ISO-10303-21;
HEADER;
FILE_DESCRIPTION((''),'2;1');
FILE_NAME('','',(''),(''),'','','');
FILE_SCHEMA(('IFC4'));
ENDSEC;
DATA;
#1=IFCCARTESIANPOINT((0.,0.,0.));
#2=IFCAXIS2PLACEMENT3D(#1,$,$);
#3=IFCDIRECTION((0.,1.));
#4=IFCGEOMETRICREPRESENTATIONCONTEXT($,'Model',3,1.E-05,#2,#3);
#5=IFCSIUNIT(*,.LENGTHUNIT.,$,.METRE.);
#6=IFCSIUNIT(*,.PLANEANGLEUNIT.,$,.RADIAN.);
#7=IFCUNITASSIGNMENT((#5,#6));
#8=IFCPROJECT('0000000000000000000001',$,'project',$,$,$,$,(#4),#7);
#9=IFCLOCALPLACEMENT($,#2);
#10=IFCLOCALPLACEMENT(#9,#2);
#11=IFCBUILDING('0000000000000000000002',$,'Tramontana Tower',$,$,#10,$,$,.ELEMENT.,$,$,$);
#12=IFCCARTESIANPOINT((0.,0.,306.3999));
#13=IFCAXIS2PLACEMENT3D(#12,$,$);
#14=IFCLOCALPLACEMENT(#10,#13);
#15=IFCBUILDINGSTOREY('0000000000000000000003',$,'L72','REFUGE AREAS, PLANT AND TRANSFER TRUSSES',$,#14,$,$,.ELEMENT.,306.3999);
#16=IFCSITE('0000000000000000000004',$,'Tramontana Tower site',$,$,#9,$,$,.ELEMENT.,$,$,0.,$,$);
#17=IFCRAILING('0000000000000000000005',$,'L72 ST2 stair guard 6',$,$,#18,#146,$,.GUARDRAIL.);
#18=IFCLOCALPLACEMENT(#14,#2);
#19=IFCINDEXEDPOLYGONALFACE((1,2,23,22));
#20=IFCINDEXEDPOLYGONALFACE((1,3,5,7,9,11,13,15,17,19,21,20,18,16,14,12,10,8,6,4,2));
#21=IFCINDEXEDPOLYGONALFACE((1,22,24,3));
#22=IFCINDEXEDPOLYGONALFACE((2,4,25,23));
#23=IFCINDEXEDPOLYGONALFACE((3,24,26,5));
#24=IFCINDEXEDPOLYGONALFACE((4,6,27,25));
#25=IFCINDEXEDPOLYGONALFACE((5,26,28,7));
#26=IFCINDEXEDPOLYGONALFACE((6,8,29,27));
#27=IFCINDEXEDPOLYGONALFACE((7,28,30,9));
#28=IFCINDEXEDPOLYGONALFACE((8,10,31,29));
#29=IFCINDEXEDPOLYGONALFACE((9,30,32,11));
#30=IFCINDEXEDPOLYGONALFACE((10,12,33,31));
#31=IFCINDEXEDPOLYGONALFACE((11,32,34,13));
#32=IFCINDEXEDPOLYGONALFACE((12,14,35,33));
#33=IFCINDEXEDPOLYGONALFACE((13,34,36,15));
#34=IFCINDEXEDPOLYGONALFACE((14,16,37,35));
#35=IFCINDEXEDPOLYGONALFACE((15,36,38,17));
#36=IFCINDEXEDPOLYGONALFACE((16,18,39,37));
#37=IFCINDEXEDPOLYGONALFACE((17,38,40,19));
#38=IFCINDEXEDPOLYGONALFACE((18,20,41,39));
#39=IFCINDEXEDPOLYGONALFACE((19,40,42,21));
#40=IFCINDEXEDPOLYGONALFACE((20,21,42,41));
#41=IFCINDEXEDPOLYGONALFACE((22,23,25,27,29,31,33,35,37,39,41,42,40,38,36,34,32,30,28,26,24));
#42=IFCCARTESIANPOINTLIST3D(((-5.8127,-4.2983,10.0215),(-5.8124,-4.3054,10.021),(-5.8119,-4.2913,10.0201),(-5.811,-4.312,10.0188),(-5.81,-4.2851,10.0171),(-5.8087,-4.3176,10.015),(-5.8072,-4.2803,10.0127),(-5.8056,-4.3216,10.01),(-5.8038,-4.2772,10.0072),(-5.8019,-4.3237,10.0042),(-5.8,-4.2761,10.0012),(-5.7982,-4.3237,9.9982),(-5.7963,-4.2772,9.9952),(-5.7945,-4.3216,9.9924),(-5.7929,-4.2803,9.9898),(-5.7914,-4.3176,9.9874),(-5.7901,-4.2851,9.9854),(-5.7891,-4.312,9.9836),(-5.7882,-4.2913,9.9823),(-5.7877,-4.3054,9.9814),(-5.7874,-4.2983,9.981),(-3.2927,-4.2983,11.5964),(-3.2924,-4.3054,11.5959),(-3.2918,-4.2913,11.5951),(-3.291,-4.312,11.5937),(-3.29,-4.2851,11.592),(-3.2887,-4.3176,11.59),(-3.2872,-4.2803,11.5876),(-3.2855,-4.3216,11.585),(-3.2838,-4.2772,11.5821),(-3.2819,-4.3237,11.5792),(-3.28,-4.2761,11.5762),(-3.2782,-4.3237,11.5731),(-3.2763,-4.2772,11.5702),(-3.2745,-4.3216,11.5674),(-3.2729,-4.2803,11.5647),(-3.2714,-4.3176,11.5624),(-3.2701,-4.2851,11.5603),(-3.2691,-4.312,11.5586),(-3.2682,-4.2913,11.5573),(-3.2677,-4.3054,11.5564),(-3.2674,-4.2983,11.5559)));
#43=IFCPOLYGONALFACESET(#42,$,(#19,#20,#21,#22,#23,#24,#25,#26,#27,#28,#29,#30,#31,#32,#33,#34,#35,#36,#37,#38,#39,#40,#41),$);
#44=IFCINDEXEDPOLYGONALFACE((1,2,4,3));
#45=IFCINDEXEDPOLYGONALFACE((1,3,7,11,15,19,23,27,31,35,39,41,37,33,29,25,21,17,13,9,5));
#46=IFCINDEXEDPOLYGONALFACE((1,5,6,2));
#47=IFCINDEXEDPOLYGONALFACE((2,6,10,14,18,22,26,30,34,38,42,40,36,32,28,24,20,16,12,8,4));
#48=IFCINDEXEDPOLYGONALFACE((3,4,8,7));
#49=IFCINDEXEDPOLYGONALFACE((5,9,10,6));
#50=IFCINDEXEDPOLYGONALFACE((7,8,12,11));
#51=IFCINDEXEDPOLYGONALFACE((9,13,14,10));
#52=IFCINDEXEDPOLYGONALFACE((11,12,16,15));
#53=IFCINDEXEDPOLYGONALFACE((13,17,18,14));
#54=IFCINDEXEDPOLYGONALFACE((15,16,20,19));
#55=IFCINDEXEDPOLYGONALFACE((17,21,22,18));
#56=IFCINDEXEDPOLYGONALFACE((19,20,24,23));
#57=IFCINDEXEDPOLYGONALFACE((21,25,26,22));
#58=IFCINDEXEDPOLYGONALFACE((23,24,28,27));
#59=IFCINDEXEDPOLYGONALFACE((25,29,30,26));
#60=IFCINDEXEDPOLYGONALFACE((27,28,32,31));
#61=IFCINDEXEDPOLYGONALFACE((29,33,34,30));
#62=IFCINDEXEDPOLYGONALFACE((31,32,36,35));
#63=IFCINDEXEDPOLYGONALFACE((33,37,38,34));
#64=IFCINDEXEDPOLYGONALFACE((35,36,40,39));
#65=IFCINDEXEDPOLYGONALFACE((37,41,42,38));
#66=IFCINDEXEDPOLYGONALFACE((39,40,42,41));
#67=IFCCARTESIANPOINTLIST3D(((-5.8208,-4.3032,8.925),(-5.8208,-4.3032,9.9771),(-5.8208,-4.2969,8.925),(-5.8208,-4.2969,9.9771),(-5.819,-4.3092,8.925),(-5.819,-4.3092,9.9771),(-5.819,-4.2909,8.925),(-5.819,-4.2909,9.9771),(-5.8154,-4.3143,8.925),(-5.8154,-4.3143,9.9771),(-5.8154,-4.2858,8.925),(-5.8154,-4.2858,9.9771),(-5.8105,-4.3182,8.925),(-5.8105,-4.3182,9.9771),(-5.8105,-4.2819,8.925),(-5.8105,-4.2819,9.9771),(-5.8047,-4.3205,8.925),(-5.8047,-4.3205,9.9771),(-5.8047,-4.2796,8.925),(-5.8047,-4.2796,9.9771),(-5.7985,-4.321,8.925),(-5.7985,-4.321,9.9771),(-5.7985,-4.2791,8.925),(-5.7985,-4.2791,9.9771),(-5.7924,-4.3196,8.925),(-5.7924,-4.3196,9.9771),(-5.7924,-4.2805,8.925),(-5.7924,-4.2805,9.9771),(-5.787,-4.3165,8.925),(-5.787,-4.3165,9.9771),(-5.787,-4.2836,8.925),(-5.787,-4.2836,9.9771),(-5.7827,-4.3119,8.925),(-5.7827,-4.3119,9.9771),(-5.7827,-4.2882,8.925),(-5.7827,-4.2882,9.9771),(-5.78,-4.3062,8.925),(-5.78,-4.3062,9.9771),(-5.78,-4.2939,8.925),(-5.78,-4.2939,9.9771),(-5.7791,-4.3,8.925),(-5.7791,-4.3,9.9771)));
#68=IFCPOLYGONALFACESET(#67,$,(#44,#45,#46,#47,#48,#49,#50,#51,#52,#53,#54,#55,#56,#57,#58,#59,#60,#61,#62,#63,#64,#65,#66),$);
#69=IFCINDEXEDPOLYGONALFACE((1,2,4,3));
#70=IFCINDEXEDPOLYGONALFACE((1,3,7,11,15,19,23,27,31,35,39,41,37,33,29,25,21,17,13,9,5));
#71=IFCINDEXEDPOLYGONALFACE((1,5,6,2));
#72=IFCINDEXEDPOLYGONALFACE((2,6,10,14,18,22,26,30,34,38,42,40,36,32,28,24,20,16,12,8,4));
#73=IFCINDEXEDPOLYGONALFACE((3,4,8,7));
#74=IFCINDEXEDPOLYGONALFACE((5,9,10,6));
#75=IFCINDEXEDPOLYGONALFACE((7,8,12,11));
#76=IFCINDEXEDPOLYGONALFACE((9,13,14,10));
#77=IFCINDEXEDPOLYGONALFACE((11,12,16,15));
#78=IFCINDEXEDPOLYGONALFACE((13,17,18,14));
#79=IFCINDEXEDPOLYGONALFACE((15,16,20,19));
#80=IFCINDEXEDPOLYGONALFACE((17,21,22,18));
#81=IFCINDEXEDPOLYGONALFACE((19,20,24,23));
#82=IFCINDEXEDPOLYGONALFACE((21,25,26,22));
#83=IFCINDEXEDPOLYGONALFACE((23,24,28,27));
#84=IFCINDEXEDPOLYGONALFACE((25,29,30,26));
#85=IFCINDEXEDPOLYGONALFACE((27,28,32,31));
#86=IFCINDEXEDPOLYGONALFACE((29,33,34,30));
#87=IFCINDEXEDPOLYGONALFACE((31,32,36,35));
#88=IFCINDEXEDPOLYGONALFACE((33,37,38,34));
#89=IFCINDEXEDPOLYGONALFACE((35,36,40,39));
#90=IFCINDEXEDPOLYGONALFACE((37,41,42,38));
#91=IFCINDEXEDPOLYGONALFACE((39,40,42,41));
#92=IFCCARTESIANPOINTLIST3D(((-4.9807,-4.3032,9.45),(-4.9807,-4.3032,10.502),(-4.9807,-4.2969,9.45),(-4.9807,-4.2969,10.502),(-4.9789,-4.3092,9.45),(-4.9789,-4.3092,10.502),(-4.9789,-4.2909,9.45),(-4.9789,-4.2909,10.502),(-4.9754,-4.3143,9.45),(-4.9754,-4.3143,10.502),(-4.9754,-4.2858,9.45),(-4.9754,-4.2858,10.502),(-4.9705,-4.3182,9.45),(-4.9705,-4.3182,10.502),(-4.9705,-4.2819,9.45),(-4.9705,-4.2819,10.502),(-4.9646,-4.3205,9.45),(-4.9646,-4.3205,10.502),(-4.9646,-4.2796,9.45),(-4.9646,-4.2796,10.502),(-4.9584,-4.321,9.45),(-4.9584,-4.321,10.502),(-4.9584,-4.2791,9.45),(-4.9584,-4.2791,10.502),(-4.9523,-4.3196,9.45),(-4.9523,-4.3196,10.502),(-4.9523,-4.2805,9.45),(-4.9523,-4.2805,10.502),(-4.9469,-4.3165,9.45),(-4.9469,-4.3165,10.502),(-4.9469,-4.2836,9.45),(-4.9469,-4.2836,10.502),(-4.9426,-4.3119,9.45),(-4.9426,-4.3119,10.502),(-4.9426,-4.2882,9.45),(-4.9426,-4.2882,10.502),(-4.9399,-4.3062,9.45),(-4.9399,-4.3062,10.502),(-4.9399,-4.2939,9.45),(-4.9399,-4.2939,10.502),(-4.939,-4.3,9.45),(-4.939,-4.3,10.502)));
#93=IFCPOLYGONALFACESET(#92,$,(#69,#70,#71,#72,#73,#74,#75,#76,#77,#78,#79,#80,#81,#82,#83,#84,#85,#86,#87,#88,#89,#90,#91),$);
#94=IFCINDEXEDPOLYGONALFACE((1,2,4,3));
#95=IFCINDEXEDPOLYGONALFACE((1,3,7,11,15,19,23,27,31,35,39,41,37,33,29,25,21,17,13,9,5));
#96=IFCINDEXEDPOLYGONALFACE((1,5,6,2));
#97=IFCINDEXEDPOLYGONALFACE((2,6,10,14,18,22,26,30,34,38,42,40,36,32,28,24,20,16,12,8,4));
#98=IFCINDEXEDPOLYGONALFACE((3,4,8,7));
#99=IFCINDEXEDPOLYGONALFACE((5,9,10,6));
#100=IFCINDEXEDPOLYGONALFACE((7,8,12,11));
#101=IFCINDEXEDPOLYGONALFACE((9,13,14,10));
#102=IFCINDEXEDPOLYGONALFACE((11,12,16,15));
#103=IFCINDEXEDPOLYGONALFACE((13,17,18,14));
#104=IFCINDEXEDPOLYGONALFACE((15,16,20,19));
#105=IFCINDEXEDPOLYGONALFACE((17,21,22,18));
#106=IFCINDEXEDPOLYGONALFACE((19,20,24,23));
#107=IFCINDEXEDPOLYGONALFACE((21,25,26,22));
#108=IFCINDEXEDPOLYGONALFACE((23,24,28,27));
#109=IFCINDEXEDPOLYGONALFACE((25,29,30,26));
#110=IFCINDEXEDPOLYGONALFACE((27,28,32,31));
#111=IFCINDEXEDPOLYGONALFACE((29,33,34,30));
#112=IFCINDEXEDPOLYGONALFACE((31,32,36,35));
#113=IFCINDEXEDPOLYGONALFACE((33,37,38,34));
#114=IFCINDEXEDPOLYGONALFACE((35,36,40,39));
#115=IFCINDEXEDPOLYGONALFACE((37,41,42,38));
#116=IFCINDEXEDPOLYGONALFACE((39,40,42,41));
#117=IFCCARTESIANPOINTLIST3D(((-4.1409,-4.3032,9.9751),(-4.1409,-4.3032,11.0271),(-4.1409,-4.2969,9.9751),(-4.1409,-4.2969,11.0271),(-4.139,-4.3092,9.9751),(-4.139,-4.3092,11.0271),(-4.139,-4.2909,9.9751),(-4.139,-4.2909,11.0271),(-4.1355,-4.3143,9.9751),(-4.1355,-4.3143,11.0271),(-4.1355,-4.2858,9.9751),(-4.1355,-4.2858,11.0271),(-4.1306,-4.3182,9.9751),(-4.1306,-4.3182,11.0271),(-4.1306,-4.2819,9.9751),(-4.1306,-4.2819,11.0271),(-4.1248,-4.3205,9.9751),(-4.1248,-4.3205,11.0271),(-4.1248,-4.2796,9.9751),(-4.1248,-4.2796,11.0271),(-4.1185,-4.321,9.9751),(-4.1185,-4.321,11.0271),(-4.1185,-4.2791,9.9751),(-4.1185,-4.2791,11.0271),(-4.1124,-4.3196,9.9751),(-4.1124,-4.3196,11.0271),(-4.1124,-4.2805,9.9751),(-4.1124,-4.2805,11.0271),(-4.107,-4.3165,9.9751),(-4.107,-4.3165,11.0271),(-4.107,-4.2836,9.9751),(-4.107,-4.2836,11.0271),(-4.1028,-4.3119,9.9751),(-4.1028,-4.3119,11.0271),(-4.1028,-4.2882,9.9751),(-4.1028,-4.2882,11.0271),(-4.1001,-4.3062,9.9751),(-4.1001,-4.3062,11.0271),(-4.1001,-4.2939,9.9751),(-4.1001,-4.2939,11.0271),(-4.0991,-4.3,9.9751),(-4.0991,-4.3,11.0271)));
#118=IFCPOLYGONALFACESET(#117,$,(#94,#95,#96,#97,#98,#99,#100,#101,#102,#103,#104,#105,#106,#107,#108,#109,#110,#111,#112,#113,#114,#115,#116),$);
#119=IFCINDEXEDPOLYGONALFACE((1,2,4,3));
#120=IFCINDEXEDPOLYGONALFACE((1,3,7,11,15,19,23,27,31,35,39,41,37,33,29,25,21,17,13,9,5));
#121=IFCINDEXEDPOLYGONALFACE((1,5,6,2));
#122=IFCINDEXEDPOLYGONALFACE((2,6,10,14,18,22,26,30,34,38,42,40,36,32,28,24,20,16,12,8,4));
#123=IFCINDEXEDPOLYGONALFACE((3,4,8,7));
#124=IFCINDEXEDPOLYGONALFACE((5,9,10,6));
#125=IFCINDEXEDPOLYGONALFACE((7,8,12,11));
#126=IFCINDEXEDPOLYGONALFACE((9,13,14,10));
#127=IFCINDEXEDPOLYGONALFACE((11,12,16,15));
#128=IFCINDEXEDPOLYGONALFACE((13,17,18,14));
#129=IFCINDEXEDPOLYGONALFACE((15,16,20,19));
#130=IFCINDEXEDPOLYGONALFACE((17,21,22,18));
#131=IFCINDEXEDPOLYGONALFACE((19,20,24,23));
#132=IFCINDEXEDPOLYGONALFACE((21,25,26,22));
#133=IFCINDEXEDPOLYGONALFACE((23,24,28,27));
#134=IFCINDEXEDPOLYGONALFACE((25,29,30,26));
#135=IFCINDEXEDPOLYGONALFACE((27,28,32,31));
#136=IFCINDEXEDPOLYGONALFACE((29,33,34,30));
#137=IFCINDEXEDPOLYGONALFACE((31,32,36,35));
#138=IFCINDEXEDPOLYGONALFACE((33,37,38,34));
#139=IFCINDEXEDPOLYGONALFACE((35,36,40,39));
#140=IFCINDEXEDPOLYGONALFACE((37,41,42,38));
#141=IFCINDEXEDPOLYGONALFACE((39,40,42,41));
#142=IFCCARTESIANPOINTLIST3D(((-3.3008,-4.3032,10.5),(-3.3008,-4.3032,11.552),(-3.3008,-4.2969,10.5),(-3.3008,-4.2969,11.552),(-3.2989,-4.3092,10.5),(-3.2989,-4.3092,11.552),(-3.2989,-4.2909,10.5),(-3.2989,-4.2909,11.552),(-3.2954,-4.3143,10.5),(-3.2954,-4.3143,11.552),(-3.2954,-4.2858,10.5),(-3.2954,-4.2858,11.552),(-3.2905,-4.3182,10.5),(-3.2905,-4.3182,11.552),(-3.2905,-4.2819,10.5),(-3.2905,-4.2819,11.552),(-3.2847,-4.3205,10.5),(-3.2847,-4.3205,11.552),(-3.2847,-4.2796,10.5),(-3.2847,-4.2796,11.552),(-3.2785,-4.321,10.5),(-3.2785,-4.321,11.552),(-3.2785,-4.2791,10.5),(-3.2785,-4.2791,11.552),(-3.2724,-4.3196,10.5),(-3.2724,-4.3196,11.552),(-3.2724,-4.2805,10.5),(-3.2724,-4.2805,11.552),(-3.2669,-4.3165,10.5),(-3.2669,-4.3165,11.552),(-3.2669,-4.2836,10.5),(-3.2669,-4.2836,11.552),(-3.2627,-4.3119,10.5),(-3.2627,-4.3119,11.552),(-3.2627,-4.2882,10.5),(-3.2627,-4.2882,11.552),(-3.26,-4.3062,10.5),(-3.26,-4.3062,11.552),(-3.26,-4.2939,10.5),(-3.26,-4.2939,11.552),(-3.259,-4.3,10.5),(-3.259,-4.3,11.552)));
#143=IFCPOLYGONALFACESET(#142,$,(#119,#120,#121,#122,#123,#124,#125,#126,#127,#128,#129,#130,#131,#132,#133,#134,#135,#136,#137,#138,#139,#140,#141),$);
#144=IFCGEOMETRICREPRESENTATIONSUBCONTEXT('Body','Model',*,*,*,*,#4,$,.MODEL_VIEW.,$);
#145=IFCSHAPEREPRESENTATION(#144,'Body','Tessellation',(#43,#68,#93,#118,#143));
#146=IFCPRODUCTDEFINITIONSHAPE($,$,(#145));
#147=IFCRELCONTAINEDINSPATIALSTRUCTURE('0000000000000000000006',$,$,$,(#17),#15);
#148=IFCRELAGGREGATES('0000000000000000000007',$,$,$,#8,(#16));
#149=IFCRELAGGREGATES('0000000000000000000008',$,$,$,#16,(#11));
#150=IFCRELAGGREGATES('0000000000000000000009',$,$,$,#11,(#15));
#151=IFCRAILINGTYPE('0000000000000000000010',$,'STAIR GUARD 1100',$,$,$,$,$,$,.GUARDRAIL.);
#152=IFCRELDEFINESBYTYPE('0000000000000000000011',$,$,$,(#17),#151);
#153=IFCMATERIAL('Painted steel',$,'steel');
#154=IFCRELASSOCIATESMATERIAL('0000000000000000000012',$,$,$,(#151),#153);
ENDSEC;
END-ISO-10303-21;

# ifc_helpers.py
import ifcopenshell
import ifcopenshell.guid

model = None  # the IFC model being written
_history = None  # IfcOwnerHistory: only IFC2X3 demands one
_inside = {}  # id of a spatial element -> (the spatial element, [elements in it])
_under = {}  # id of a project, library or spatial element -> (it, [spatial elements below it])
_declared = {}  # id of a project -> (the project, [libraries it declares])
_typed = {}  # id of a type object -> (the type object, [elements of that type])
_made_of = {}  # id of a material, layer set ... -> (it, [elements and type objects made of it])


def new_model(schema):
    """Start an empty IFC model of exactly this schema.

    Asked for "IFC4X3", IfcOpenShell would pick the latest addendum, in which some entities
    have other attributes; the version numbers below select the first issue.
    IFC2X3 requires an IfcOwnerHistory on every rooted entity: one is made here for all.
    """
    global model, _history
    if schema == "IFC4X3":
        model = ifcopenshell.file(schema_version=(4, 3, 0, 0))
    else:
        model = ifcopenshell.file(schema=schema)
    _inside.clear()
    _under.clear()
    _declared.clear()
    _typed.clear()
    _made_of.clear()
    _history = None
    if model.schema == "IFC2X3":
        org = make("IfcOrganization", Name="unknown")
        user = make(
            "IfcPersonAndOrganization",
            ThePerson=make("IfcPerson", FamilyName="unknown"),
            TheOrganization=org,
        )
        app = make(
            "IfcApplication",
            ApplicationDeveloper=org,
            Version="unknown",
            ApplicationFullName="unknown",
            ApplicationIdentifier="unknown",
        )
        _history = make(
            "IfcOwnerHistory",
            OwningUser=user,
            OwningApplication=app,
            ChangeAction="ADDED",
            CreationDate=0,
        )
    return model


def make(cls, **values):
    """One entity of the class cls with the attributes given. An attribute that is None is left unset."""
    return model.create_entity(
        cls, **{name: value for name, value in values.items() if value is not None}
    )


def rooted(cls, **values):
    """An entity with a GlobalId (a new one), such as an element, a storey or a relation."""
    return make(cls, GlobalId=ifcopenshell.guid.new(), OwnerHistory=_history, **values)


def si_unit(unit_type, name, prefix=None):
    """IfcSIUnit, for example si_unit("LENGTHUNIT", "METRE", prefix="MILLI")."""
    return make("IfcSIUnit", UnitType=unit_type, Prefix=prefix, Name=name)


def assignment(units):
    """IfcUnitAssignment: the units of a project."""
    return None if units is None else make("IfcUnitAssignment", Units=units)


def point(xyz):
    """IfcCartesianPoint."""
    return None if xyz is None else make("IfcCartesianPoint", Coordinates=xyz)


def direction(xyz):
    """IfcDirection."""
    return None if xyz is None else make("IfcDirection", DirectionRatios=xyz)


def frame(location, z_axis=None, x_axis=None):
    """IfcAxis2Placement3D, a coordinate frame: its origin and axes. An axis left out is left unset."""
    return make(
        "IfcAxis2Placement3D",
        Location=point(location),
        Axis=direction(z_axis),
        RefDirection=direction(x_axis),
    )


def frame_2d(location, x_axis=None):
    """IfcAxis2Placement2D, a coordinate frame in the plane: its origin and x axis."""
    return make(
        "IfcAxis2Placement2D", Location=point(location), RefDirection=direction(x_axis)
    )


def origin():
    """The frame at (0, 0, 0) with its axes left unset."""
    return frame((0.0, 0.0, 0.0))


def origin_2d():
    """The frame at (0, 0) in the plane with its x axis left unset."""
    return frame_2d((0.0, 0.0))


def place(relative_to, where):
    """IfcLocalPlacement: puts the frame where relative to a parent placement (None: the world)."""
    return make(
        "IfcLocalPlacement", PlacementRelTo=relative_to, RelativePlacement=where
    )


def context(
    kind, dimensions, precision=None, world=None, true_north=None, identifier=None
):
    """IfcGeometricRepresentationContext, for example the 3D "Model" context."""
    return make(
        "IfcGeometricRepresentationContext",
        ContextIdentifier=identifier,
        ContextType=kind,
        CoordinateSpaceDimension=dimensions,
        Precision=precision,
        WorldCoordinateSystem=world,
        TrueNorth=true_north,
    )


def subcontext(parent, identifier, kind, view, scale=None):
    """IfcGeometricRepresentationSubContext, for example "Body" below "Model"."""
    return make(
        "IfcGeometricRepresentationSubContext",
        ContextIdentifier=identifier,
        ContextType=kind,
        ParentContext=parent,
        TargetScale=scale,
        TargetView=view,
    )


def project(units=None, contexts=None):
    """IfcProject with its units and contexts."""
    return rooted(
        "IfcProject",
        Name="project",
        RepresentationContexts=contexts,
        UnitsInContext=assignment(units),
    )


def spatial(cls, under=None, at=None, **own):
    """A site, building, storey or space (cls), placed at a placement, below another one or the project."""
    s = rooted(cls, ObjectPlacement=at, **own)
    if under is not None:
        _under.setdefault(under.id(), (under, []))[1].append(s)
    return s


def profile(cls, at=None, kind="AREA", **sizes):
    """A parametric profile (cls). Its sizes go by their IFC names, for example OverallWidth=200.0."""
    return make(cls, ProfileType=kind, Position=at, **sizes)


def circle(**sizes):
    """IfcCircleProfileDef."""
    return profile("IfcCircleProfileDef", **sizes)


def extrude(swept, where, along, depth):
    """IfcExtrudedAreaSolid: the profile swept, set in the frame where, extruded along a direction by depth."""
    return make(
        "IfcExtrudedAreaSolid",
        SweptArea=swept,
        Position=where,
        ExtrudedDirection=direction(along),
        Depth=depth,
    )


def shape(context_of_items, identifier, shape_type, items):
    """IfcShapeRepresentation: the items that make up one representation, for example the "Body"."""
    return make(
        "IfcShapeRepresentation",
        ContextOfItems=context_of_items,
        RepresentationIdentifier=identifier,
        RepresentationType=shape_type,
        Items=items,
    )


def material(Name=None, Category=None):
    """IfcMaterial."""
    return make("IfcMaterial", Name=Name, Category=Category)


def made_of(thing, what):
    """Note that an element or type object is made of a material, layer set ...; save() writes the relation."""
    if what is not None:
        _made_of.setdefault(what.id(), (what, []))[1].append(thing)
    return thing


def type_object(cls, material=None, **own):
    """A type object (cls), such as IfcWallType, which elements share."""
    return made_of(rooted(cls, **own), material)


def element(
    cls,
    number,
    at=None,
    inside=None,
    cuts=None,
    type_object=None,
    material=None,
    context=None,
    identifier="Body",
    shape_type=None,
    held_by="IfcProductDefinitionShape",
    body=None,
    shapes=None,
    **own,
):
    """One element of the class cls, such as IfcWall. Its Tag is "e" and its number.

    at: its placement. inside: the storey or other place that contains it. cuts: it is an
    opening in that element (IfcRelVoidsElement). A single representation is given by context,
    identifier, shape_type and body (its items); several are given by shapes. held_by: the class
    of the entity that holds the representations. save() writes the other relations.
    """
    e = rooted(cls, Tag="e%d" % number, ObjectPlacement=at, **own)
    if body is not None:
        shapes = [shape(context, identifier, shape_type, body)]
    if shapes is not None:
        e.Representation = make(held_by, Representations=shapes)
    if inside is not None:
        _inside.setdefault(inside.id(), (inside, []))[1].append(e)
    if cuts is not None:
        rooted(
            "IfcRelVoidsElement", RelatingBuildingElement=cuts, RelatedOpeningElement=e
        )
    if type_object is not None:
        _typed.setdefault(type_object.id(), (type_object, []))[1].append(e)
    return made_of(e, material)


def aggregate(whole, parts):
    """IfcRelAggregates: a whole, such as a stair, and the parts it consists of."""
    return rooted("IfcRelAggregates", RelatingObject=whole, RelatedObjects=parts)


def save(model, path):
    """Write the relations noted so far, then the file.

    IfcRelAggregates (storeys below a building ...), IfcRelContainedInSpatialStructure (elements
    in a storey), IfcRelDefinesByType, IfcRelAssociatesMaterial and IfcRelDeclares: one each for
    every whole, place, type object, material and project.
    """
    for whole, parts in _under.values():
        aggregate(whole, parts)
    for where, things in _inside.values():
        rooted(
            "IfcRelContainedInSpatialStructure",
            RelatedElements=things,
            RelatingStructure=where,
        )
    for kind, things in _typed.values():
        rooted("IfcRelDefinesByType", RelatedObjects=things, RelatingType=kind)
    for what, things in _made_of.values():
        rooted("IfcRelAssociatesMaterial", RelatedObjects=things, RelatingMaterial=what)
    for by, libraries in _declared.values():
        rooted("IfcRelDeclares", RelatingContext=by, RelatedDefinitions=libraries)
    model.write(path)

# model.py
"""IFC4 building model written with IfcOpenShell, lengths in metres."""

from ifc_helpers import new_model, si_unit, direction, frame, origin, origin_2d, place, context, subcontext, project, spatial, circle, extrude, material, type_object, element, save


model = new_model("IFC4")

# Units and contexts
model_context = context("Model", 3, precision=1e-05, world=origin(), true_north=direction((0.0, 1.0)))
body_context = subcontext(model_context, "Body", "Model", "MODEL_VIEW")
ifc_project = project(units=[si_unit("LENGTHUNIT", "METRE"), si_unit("PLANEANGLEUNIT", "RADIAN")], contexts=[model_context])

# Site, building, storey
site_placement = place(None, origin())
site = spatial("IfcSite", under=ifc_project, at=site_placement, Name="Tramontana Tower site", CompositionType="ELEMENT", RefElevation=0.0)
building_placement = place(site_placement, origin())
building = spatial("IfcBuilding", under=site, at=building_placement, Name="Tramontana Tower", CompositionType="ELEMENT")
storey_placement = place(building_placement, frame((0.0, 0.0, 306.3999)))
storey = spatial("IfcBuildingStorey", under=building, at=storey_placement, Name="L72", Description="REFUGE AREAS, PLANT AND TRANSFER TRUSSES", CompositionType="ELEMENT", Elevation=306.3999)

# Railing
ifc_material_1 = material(Name="Painted steel", Category="steel")
railing_type_1 = type_object("IfcRailingType", Name="STAIR GUARD 1100", PredefinedType="GUARDRAIL", material=ifc_material_1)
for number, where, name in (
    (1, (-5.8, -4.3, 8.925), "L72 ST2 stair guard 6"),
):
    element("IfcRailing", number, at=place(storey_placement, frame(where)), inside=storey, type_object=railing_type_1, Name=name, PredefinedType="GUARDRAIL", context=body_context, shape_type="SweptSolid", body=[
        extrude(circle(Radius=0.0239, at=origin_2d()), frame((0.0, 0.0, 1.0762), z_axis=(0.848008, 0.0, 0.529984), x_axis=(0.0, 1.0, 0.0)), (0.0, 0.0, 1.0), 2.9717),
        extrude(circle(Radius=0.021, at=origin_2d()), origin(), (0.0, 0.0, 1.0), 1.052),
        extrude(circle(Radius=0.021, at=origin_2d()), frame((0.8401, 0.0, 0.5249)), (0.0, 0.0, 1.0), 1.052),
        extrude(circle(Radius=0.021, at=origin_2d()), frame((1.6799, 0.0, 1.05)), (0.0, 0.0, 1.0), 1.052),
        extrude(circle(Radius=0.021, at=origin_2d()), frame((2.52, 0.0, 1.575)), (0.0, 0.0, 1.0), 1.052),
    ])

save(model, "model.ifc")
